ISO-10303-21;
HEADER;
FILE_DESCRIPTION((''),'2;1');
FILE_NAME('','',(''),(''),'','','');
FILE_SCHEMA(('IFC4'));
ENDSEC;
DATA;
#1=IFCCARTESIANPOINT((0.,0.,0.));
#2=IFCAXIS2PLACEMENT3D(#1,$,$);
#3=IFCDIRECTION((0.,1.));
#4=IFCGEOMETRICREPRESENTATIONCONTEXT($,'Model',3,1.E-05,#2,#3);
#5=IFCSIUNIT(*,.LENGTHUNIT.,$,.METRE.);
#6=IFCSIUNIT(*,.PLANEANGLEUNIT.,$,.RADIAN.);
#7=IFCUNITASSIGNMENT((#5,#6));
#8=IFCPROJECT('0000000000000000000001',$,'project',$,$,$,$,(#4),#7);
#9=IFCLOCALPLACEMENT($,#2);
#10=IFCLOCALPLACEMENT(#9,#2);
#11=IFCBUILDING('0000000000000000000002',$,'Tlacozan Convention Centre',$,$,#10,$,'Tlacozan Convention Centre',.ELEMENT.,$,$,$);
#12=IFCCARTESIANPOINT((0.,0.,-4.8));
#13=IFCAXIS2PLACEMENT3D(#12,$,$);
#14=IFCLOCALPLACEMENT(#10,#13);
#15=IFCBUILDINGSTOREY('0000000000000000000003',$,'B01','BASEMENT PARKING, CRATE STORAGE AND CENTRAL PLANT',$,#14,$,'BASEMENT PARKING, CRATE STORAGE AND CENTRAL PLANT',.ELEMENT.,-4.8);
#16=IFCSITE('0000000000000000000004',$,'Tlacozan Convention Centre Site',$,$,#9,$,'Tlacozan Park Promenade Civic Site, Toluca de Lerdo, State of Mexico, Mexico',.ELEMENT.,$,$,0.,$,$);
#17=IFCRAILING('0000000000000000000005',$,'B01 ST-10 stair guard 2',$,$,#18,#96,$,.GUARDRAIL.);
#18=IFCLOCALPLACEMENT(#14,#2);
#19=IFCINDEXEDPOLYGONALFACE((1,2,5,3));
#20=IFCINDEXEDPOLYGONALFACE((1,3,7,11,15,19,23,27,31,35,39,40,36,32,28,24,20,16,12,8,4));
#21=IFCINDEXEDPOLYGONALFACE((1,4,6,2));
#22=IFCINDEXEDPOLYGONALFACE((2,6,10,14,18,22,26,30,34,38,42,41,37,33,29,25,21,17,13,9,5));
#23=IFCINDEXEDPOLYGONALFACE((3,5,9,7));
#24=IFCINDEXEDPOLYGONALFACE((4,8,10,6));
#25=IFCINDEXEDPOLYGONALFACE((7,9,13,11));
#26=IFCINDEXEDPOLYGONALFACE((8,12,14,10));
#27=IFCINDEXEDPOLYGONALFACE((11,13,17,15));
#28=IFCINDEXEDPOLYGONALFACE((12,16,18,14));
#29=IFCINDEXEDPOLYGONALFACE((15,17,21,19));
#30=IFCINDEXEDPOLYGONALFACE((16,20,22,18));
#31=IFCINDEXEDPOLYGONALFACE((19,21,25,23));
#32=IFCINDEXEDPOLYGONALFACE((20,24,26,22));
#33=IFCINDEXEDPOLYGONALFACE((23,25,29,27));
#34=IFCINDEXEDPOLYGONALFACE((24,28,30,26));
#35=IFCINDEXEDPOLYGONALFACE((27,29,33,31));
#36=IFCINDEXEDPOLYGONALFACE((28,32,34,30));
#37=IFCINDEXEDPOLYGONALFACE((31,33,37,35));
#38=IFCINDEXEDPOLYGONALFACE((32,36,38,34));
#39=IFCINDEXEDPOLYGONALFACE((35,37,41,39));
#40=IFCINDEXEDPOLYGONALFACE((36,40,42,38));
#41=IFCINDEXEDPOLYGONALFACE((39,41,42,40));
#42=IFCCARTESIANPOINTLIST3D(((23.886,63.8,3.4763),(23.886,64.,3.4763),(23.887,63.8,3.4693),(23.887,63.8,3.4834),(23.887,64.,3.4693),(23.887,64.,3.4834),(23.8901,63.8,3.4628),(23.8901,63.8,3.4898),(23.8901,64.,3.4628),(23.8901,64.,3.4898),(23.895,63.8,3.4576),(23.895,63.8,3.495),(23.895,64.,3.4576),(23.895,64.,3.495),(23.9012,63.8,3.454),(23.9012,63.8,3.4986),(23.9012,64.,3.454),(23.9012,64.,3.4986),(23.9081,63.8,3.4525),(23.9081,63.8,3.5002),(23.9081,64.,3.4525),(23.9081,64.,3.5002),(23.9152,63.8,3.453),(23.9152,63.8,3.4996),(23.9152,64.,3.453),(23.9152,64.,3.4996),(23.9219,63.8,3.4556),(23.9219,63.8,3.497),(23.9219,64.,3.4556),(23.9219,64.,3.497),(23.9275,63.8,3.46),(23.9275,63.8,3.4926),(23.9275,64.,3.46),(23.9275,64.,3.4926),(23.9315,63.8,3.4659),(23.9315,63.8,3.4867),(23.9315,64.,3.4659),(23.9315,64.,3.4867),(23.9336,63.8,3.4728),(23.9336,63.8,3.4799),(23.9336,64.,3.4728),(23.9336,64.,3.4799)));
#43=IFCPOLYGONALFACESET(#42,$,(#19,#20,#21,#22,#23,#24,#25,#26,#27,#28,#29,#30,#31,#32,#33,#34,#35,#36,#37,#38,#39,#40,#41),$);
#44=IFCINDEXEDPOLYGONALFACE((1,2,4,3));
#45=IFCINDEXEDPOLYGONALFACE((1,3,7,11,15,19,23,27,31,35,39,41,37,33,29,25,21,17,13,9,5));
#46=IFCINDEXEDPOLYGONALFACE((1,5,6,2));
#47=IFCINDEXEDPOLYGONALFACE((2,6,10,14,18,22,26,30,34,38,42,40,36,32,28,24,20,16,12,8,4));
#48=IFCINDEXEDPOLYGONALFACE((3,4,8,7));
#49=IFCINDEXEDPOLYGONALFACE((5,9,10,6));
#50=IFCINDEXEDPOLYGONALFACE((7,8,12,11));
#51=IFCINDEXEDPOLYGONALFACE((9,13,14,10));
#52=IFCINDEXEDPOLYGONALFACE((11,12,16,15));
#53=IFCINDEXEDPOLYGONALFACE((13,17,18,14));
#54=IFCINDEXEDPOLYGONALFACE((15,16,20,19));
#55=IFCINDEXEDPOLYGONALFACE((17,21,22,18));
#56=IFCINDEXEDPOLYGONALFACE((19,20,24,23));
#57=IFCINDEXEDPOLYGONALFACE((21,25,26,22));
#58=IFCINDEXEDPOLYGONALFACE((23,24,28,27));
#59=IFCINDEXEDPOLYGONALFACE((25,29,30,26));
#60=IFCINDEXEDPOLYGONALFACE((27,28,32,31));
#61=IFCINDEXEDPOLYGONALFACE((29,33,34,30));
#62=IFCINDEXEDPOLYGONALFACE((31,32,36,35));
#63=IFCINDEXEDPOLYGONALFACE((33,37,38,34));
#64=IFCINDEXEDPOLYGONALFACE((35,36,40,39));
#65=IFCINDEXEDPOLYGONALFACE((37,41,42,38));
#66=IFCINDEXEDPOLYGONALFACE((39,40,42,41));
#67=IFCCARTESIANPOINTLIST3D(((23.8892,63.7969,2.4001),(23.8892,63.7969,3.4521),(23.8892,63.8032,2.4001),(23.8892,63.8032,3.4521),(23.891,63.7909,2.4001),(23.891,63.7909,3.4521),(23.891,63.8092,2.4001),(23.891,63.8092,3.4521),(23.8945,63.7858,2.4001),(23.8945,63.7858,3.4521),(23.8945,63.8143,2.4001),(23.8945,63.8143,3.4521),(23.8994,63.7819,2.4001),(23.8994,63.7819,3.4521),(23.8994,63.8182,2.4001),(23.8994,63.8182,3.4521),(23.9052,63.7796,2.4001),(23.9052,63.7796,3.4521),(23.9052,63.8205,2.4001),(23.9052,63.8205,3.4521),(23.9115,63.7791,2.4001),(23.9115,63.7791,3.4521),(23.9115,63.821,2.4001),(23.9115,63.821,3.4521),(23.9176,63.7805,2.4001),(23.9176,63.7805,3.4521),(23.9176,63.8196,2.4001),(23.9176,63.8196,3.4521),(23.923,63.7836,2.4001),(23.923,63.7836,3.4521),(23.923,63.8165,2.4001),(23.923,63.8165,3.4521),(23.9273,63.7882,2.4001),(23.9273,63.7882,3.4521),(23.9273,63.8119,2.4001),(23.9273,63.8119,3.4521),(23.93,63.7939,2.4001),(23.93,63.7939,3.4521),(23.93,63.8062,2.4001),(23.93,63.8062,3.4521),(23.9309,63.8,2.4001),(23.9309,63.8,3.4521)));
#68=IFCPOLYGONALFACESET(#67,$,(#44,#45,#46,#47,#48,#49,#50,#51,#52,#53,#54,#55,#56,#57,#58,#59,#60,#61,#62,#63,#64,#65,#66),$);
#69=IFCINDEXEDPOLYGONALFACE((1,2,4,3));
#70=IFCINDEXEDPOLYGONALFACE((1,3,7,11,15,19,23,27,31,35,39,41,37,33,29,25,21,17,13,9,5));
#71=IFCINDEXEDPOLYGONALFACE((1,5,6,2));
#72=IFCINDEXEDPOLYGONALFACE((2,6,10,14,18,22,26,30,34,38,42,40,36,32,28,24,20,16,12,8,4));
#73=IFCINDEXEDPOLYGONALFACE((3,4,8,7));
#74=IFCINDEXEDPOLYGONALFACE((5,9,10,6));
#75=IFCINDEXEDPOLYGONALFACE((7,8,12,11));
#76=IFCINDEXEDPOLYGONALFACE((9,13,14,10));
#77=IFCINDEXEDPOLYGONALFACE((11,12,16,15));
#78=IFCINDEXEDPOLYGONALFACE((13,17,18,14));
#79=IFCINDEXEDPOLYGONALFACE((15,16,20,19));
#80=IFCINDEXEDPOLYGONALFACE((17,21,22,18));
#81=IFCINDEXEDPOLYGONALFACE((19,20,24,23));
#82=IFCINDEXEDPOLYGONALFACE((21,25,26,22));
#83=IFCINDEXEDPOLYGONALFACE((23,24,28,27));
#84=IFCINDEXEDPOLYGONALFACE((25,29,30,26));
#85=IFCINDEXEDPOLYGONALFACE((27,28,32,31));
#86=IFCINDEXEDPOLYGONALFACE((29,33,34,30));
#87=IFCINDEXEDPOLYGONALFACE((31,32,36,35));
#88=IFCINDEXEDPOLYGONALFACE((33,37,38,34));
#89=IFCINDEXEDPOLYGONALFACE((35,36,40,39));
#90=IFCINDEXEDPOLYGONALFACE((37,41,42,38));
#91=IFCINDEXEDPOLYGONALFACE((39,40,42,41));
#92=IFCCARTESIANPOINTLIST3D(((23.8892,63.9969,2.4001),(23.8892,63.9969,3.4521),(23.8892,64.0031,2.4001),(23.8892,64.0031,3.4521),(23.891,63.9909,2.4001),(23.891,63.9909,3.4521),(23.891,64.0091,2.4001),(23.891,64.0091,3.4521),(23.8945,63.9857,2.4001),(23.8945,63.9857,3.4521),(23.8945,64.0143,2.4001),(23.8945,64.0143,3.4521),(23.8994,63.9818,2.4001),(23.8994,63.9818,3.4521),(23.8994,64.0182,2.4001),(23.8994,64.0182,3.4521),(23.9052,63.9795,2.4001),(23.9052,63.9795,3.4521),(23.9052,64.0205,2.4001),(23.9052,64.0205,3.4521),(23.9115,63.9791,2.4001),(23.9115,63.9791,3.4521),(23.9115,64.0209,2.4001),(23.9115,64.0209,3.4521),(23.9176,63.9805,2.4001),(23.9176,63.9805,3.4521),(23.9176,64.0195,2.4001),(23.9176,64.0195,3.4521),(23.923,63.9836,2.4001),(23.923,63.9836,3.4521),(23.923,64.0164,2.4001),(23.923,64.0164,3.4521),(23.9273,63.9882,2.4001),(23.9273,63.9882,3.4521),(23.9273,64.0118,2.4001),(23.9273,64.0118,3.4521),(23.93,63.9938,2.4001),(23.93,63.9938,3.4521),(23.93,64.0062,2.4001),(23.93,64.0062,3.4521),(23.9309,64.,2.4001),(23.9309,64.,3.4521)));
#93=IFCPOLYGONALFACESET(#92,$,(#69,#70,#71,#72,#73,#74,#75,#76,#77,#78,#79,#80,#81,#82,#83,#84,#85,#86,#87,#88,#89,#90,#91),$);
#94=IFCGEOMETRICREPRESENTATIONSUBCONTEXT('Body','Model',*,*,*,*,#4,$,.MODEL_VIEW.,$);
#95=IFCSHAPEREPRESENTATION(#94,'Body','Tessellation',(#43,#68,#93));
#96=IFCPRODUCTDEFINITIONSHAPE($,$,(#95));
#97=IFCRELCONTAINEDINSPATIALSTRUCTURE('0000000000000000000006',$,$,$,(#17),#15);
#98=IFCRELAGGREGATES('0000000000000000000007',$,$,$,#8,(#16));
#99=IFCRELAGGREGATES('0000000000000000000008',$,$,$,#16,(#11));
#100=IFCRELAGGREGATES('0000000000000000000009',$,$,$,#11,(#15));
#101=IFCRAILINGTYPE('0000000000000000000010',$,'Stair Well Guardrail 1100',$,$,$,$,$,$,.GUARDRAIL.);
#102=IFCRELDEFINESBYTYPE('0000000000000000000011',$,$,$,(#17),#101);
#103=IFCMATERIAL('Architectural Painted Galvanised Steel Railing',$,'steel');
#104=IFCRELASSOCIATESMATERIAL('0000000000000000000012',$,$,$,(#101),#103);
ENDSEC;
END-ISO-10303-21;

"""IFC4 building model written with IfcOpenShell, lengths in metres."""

from ifc_helpers import new_model, si_unit, direction, frame, origin, origin_2d, place, context, subcontext, project, spatial, circle, extrude, material, type_object, element, save


model = new_model("IFC4")

# Units and contexts
model_context = context("Model", 3, precision=1e-05, world=origin(), true_north=direction((0.0, 1.0)))
body_context = subcontext(model_context, "Body", "Model", "MODEL_VIEW")
ifc_project = project(units=[si_unit("LENGTHUNIT", "METRE"), si_unit("PLANEANGLEUNIT", "RADIAN")], contexts=[model_context])

# Site, building, storey
site_placement = place(None, origin())
site = spatial("IfcSite", under=ifc_project, at=site_placement, Name="Tlacozan Convention Centre Site", LongName="Tlacozan Park Promenade Civic Site, Toluca de Lerdo, State of Mexico, Mexico", CompositionType="ELEMENT", RefElevation=0.0)
building_placement = place(site_placement, origin())
building = spatial("IfcBuilding", under=site, at=building_placement, Name="Tlacozan Convention Centre", LongName="Tlacozan Convention Centre", CompositionType="ELEMENT")
storey_placement = place(building_placement, frame((0.0, 0.0, -4.8)))
storey = spatial("IfcBuildingStorey", under=building, at=storey_placement, Name="B01", Description="BASEMENT PARKING, CRATE STORAGE AND CENTRAL PLANT", LongName="BASEMENT PARKING, CRATE STORAGE AND CENTRAL PLANT", CompositionType="ELEMENT", Elevation=-4.8)

# Railing
ifc_material_1 = material(Name="Architectural Painted Galvanised Steel Railing", Category="steel")
railing_type_1 = type_object("IfcRailingType", Name="Stair Well Guardrail 1100", PredefinedType="GUARDRAIL", material=ifc_material_1)
railing_1_placement = place(storey_placement, frame((23.9099, 63.8, 2.4001)))
element("IfcRailing", 1, at=railing_1_placement, inside=storey, type_object=railing_type_1, Name="B01 ST-10 stair guard 2", PredefinedType="GUARDRAIL", context=body_context, shape_type="SweptSolid", body=[
    extrude(circle(Radius=0.0239, at=origin_2d()), frame((0.0, 0.0, 1.0762), z_axis=(0.0, 1.0, 0.0), x_axis=(-1.0, 0.0, 0.0)), (0.0, 0.0, 1.0), 0.2),
    extrude(circle(Radius=0.021, at=origin_2d()), origin(), (0.0, 0.0, 1.0), 1.052),
    extrude(circle(Radius=0.021, at=origin_2d()), frame((0.0, 0.2, 0.0)), (0.0, 0.0, 1.0), 1.052),
])

save(model, "model.ifc")
